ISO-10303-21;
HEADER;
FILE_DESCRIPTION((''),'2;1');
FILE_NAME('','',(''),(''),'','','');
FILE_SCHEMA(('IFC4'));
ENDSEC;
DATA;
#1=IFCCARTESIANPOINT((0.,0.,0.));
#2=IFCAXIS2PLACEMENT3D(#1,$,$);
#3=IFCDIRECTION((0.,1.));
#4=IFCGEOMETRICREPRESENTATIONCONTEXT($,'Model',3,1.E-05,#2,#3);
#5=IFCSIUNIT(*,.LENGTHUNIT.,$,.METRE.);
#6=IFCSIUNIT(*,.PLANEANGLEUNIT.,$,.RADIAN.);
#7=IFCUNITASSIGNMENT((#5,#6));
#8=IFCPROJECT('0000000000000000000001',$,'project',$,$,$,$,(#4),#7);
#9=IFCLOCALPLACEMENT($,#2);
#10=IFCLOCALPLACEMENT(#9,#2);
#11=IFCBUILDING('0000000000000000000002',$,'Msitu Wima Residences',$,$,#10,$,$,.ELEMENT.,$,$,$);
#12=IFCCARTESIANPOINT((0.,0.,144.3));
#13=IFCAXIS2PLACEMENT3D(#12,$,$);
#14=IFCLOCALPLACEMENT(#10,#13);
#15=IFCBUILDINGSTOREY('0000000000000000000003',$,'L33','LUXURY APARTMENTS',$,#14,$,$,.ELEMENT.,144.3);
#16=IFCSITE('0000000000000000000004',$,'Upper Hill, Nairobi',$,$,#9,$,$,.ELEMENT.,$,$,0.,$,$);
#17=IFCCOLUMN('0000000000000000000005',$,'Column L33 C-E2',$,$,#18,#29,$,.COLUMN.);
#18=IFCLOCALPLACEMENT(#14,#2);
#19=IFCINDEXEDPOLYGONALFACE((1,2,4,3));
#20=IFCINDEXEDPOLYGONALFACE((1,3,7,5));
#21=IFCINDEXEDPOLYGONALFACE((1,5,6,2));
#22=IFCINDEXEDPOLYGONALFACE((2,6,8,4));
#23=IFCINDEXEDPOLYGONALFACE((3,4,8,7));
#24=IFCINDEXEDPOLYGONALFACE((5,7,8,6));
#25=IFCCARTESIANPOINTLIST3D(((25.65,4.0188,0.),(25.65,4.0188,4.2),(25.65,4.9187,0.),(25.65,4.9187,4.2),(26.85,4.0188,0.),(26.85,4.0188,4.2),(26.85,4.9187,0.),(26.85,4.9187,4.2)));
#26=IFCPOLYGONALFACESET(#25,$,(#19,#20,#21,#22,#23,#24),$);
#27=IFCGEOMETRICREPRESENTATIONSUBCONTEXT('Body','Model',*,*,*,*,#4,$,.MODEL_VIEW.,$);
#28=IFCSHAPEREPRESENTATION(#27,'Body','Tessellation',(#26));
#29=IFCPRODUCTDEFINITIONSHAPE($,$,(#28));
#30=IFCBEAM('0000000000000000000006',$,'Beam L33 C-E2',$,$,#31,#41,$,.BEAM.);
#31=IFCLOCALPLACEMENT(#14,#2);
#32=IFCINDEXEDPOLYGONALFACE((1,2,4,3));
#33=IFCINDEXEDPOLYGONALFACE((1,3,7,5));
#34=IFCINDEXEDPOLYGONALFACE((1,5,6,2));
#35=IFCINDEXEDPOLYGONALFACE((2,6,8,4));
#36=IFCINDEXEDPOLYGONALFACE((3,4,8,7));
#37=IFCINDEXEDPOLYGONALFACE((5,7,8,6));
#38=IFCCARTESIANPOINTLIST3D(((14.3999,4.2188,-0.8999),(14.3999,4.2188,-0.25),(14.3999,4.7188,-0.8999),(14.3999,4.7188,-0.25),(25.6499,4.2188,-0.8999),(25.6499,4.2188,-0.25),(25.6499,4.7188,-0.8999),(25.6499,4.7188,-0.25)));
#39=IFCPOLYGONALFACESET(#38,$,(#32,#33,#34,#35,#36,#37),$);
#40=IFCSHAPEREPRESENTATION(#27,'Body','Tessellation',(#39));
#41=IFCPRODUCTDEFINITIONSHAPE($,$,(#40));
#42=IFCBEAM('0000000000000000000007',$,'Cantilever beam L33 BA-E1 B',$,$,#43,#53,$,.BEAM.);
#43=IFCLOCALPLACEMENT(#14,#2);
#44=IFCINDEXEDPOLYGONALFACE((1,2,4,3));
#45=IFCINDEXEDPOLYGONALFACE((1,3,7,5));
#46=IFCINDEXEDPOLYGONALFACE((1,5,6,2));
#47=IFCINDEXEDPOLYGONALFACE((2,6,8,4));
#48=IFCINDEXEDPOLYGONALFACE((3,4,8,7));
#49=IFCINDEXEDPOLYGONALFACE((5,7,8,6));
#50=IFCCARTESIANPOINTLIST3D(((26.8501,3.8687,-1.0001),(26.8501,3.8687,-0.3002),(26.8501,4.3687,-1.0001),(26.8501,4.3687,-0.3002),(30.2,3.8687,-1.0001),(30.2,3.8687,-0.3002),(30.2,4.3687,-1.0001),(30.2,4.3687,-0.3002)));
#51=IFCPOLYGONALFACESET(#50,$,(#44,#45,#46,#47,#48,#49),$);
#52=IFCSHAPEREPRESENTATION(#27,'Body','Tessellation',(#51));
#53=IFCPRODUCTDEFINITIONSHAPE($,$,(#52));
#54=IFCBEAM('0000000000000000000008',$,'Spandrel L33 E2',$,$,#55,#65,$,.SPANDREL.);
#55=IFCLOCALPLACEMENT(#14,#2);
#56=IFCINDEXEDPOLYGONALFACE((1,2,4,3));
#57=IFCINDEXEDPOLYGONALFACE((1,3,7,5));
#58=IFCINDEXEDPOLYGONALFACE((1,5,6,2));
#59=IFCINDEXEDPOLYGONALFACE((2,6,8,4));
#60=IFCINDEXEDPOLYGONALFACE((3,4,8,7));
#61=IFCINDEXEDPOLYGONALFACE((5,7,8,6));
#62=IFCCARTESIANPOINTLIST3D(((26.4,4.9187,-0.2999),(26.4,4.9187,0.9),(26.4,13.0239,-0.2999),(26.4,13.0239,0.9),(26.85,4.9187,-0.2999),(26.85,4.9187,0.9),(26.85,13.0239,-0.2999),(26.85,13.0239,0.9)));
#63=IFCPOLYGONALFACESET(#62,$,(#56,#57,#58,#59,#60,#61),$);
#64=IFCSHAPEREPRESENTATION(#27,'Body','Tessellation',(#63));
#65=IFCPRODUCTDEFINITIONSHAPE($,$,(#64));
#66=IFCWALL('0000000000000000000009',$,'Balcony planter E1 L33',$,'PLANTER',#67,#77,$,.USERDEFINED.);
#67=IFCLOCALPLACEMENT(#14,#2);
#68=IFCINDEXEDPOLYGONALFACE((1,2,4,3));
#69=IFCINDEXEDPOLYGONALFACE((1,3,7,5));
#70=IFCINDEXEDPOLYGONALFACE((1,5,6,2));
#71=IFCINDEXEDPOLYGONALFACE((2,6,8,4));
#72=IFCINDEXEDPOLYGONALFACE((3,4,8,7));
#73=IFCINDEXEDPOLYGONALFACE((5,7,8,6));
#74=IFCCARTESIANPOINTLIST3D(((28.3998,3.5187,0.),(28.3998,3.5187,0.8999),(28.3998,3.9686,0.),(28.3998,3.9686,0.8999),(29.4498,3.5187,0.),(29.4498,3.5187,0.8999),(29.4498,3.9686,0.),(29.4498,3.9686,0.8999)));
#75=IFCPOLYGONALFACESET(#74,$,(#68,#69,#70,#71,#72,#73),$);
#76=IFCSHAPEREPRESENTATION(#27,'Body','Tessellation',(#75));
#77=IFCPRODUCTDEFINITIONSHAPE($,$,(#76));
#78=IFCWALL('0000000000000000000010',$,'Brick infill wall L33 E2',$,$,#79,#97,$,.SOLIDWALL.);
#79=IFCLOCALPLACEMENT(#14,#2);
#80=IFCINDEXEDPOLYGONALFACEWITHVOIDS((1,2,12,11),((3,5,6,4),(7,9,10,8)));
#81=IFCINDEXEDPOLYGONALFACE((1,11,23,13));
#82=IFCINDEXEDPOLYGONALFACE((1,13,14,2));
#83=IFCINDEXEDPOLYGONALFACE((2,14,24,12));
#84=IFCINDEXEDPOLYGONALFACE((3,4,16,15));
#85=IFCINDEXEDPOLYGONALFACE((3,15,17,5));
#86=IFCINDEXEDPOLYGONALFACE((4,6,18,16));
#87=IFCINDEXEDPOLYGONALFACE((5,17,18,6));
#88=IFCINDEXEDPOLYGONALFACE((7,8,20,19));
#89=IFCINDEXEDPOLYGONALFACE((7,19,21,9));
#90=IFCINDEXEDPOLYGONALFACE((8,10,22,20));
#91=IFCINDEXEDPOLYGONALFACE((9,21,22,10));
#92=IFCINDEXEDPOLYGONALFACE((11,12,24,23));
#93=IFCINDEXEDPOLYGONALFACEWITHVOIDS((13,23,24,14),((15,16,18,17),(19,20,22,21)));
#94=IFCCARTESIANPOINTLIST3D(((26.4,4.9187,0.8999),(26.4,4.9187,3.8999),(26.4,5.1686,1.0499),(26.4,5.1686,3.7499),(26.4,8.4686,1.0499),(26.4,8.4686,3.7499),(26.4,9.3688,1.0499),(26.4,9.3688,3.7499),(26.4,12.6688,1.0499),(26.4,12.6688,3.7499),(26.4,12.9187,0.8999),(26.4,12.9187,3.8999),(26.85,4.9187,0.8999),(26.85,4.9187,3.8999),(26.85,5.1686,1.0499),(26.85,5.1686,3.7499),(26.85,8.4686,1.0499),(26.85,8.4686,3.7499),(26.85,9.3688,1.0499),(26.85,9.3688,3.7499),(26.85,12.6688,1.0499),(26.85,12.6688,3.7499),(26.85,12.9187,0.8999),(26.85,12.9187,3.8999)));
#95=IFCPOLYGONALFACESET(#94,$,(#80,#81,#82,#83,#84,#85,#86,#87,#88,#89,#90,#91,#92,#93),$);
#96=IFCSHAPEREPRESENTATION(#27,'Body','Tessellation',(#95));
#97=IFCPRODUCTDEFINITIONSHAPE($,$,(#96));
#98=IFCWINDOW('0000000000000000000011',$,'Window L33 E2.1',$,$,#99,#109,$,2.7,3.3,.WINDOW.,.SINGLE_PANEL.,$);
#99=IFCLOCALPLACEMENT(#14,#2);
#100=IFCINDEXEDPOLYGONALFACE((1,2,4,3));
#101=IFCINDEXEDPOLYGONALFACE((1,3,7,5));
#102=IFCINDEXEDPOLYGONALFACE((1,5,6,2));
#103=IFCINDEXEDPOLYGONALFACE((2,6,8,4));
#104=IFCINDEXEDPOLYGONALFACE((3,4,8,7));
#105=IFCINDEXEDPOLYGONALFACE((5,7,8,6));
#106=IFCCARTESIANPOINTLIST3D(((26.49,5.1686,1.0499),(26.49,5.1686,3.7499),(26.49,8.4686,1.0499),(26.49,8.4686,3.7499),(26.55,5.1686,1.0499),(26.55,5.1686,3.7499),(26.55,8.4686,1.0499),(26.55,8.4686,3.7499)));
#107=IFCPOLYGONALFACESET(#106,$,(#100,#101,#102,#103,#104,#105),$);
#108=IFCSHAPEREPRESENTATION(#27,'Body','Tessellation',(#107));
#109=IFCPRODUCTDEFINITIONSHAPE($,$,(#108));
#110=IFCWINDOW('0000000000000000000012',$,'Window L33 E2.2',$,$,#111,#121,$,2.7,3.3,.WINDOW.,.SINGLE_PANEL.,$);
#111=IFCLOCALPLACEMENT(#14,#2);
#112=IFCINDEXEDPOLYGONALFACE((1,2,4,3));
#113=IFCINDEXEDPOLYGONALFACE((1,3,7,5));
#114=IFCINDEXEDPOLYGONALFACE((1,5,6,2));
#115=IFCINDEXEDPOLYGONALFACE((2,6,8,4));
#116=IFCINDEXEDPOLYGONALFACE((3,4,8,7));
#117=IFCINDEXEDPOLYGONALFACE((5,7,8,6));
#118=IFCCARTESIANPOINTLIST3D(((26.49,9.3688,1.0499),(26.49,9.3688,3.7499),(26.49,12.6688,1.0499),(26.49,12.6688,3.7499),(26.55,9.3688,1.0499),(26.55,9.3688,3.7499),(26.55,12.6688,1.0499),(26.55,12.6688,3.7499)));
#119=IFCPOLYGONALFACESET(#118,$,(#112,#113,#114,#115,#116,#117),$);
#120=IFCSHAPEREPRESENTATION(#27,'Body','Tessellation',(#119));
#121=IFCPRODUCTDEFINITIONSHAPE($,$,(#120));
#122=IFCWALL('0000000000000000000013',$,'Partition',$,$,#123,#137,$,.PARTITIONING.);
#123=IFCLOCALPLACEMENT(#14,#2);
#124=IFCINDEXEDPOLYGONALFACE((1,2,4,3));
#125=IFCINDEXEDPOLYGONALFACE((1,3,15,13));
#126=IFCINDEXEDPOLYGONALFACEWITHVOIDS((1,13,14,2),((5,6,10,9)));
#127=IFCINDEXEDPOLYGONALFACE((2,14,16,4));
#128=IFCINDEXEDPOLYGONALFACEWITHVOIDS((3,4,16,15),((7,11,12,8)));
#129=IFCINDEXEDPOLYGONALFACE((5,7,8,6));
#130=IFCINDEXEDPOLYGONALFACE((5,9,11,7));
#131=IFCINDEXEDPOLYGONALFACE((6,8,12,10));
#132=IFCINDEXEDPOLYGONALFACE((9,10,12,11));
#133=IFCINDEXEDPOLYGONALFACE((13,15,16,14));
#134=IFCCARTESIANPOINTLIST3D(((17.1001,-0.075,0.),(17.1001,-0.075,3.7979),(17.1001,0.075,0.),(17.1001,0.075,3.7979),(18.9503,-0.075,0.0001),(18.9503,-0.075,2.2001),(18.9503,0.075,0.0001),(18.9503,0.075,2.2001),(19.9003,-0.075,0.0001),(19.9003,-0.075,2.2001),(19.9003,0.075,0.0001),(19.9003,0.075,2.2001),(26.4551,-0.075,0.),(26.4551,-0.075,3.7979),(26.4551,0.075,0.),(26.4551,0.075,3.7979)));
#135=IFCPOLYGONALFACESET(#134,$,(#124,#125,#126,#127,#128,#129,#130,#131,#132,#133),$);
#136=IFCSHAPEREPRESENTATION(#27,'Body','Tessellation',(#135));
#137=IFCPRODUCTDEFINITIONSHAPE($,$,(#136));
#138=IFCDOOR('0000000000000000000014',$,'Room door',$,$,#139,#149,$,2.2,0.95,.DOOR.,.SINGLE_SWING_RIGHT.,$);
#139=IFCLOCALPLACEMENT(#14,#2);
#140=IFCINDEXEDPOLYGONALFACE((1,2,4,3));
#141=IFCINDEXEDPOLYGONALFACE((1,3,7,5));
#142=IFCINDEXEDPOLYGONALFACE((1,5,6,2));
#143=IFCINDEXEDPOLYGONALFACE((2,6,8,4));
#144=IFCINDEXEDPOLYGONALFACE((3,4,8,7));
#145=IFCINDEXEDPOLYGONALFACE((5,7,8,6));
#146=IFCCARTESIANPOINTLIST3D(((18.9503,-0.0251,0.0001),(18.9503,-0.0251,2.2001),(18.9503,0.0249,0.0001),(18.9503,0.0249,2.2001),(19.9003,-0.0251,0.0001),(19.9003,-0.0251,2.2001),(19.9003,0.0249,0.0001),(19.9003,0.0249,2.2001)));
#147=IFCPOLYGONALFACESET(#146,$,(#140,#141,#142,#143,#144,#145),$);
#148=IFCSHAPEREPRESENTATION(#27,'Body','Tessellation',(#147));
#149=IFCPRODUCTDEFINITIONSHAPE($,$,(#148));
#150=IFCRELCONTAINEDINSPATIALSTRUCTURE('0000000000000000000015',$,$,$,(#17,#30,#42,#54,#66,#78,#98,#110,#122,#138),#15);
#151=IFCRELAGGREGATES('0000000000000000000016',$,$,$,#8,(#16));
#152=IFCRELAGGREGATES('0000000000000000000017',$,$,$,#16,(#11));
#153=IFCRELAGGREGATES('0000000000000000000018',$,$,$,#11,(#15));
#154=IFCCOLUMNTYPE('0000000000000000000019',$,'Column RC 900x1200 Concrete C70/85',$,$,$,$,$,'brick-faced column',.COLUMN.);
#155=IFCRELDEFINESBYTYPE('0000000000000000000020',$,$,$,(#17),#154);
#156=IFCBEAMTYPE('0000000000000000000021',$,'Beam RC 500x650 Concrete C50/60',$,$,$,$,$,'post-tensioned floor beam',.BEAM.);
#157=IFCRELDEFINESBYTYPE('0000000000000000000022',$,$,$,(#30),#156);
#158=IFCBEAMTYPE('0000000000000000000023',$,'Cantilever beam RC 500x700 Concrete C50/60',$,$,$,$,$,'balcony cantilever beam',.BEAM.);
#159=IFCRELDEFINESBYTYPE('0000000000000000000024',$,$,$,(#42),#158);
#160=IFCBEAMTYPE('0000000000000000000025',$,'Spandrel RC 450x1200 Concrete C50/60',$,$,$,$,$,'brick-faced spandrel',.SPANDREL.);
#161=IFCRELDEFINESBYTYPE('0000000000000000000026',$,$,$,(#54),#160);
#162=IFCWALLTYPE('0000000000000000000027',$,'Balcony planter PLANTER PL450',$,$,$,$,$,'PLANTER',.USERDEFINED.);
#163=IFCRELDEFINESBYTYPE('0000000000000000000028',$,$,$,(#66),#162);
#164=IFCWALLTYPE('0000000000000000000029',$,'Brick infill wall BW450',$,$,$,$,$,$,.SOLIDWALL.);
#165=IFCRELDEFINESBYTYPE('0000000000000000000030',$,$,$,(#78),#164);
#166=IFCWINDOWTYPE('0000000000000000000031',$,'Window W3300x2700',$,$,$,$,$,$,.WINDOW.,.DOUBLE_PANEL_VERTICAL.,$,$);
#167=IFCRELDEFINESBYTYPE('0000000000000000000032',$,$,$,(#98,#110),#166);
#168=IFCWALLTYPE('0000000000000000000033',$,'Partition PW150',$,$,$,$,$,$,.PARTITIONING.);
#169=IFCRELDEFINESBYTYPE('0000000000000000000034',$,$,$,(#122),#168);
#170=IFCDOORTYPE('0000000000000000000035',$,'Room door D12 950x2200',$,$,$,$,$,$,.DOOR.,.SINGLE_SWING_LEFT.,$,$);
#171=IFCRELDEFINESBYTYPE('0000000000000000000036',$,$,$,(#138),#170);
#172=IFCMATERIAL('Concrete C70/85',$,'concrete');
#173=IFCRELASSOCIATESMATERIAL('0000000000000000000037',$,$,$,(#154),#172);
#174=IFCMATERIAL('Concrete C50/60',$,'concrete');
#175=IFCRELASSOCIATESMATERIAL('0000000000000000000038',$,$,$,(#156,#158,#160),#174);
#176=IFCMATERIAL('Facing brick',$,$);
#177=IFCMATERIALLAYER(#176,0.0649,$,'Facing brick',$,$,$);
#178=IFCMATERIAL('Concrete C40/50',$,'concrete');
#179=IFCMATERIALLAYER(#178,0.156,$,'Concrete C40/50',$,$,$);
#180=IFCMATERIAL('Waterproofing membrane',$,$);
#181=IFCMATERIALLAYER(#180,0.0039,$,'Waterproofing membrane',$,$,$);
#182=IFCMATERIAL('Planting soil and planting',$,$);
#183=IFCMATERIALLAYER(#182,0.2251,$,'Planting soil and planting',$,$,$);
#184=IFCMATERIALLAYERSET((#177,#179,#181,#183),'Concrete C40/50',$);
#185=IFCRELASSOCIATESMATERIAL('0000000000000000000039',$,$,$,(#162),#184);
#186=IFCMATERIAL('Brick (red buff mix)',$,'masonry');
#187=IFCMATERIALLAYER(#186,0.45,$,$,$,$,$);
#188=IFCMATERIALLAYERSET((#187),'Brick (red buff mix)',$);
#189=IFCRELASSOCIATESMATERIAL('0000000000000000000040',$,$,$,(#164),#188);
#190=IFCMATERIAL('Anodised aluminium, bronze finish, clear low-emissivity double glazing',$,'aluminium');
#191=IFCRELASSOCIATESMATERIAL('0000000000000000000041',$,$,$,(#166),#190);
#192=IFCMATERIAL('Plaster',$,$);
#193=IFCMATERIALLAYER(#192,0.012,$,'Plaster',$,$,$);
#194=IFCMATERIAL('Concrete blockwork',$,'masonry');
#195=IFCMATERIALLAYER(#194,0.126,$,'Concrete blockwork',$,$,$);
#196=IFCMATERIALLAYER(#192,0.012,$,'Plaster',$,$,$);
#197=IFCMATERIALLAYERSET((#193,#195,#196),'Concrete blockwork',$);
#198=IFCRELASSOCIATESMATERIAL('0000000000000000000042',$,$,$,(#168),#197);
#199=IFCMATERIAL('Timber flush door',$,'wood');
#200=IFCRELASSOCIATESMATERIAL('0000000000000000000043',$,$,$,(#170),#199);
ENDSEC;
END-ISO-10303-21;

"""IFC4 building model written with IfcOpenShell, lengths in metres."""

from ifc_helpers import new_model, si_unit, direction, frame, frame_2d, origin, origin_2d, place, context, subcontext, project, spatial, rectangle, extrude, material, layer, layer_set, material_profile, profile_set, type_object, element, fill, save


model = new_model("IFC4")

# Units and contexts
model_context = context("Model", 3, precision=1e-05, world=origin(), true_north=direction((0.0, 1.0)))
body_context = subcontext(model_context, "Body", "Model", "MODEL_VIEW")
ifc_project = project(units=[si_unit("LENGTHUNIT", "METRE"), si_unit("PLANEANGLEUNIT", "RADIAN")], contexts=[model_context])

# Site, building, storey
site_placement = place(None, origin())
site = spatial("IfcSite", under=ifc_project, at=site_placement, Name="Upper Hill, Nairobi", CompositionType="ELEMENT", RefElevation=0.0)
building_placement = place(site_placement, origin())
building = spatial("IfcBuilding", under=site, at=building_placement, Name="Msitu Wima Residences", CompositionType="ELEMENT")
storey_placement = place(building_placement, frame((0.0, 0.0, 144.3)))
storey = spatial("IfcBuildingStorey", under=building, at=storey_placement, Name="L33", Description="LUXURY APARTMENTS", CompositionType="ELEMENT", Elevation=144.3)

# Column
ifc_material_1 = material(Name="Concrete C70/85", Category="concrete")
ifc_material_profile_1 = material_profile(ifc_material_1, rectangle(XDim=0.8999, YDim=1.2, at=origin_2d()), Name="RC 900x1200")
ifc_profile_set_1 = profile_set([ifc_material_profile_1], Name="Concrete C70/85")
column_type = type_object("IfcColumnType", Name="Column RC 900x1200 Concrete C70/85", ElementType="brick-faced column", PredefinedType="COLUMN", material=ifc_profile_set_1)
column_placement = place(storey_placement, frame((26.25, 4.4688, 0.0), z_axis=(0.0, 0.0, 1.0), x_axis=(0.0, 1.0, 0.0)))
element("IfcColumn", 1, at=column_placement, inside=storey, type_object=column_type, Name="Column L33 C-E2", PredefinedType="COLUMN", context=body_context, shape_type="SweptSolid", body=[
    extrude(rectangle(XDim=0.8999, YDim=1.2, at=origin_2d()), origin(), (0.0, 0.0, 1.0), 4.2),
])

# Beams
ifc_material_2 = material(Name="Concrete C50/60", Category="concrete")
ifc_material_profile_2 = material_profile(ifc_material_2, rectangle(XDim=0.5, YDim=0.6499, at=origin_2d()), Name="RC 500x650")
ifc_profile_set_2 = profile_set([ifc_material_profile_2], Name="Concrete C50/60")
beam_type_1 = type_object("IfcBeamType", Name="Beam RC 500x650 Concrete C50/60", ElementType="post-tensioned floor beam", PredefinedType="BEAM", material=ifc_profile_set_2)
beam_1_placement = place(storey_placement, frame((25.6499, 4.4688, -0.575), z_axis=(-1.0, 0.0, 0.0), x_axis=(0.0, -1.0, 0.0)))
element("IfcBeam", 2, at=beam_1_placement, inside=storey, type_object=beam_type_1, Name="Beam L33 C-E2", PredefinedType="BEAM", context=body_context, shape_type="SweptSolid", body=[
    extrude(rectangle(XDim=0.5, YDim=0.6499, at=origin_2d()), origin(), (0.0, 0.0, 1.0), 11.25),
])
ifc_material_profile_3 = material_profile(ifc_material_2, rectangle(XDim=0.5, YDim=0.7, at=origin_2d()), Name="RC 500x700")
ifc_profile_set_3 = profile_set([ifc_material_profile_3], Name="Concrete C50/60")
beam_type_2 = type_object("IfcBeamType", Name="Cantilever beam RC 500x700 Concrete C50/60", ElementType="balcony cantilever beam", PredefinedType="BEAM", material=ifc_profile_set_3)
beam_2_placement = place(storey_placement, frame((26.8501, 4.1187, -0.6501), z_axis=(1.0, 0.0, 0.0), x_axis=(0.0, 1.0, 0.0)))
element("IfcBeam", 3, at=beam_2_placement, inside=storey, type_object=beam_type_2, Name="Cantilever beam L33 BA-E1 B", PredefinedType="BEAM", context=body_context, shape_type="SweptSolid", body=[
    extrude(rectangle(XDim=0.5, YDim=0.7, at=origin_2d()), origin(), (0.0, 0.0, 1.0), 3.3499),
])
ifc_material_profile_4 = material_profile(ifc_material_2, rectangle(XDim=0.45, YDim=1.2, at=origin_2d()), Name="RC 450x1200")
ifc_profile_set_4 = profile_set([ifc_material_profile_4], Name="Concrete C50/60")
beam_type_3 = type_object("IfcBeamType", Name="Spandrel RC 450x1200 Concrete C50/60", ElementType="brick-faced spandrel", PredefinedType="SPANDREL", material=ifc_profile_set_4)
beam_3_placement = place(storey_placement, frame((26.625, 4.9187, 0.3), z_axis=(0.0, 1.0, 0.0), x_axis=(-1.0, 0.0, 0.0)))
element("IfcBeam", 4, at=beam_3_placement, inside=storey, type_object=beam_type_3, Name="Spandrel L33 E2", PredefinedType="SPANDREL", context=body_context, shape_type="SweptSolid", body=[
    extrude(rectangle(XDim=0.45, YDim=1.2, at=origin_2d()), origin(), (0.0, 0.0, 1.0), 8.1052),
])

# Wall
ifc_material_3 = material(Name="Facing brick")
ifc_layer_1 = layer(ifc_material_3, 0.0649, Name="Facing brick")
ifc_material_4 = material(Name="Concrete C40/50", Category="concrete")
ifc_layer_2 = layer(ifc_material_4, 0.156, Name="Concrete C40/50")
ifc_material_5 = material(Name="Waterproofing membrane")
ifc_layer_3 = layer(ifc_material_5, 0.0039, Name="Waterproofing membrane")
ifc_material_6 = material(Name="Planting soil and planting")
ifc_layer_4 = layer(ifc_material_6, 0.2251, Name="Planting soil and planting")
ifc_layer_set_1 = layer_set([ifc_layer_1, ifc_layer_2, ifc_layer_3, ifc_layer_4], Name="Concrete C40/50")
wall_type_1 = type_object("IfcWallType", Name="Balcony planter PLANTER PL450", ElementType="PLANTER", PredefinedType="USERDEFINED", material=ifc_layer_set_1)
wall_1_placement = place(storey_placement, frame((28.3999, 3.7437, 0.0), z_axis=(0.0, 0.0, 1.0), x_axis=(1.0, 0.0, 0.0)))
element("IfcWall", 5, at=wall_1_placement, inside=storey, type_object=wall_type_1, Name="Balcony planter E1 L33", ObjectType="PLANTER", PredefinedType="USERDEFINED", context=body_context, shape_type="SweptSolid", body=[
    extrude(rectangle(XDim=1.05, YDim=0.45, at=frame_2d((0.5249, 0.0))), origin(), (0.0, 0.0, 1.0), 0.8999),
])

# Wall, openings, windows
ifc_material_7 = material(Name="Brick (red buff mix)", Category="masonry")
ifc_layer_5 = layer(ifc_material_7, 0.45)
ifc_layer_set_2 = layer_set([ifc_layer_5], Name="Brick (red buff mix)")
wall_type_2 = type_object("IfcWallType", Name="Brick infill wall BW450", PredefinedType="SOLIDWALL", material=ifc_layer_set_2)
wall_2_placement = place(storey_placement, frame((26.625, 4.9187, 0.8999), z_axis=(0.0, 0.0, 1.0), x_axis=(0.0, 1.0, 0.0)))
wall_2 = element("IfcWall", 6, at=wall_2_placement, inside=storey, type_object=wall_type_2, Name="Brick infill wall L33 E2", PredefinedType="SOLIDWALL", context=body_context, shape_type="SweptSolid", body=[
    extrude(rectangle(XDim=8.0, YDim=0.45, at=frame_2d((4.0, 0.0))), origin(), (0.0, 0.0, 1.0), 3.0),
])
opening_1_placement = place(wall_2_placement, frame((0.25, 0.0, 0.1499)))
opening_1 = element("IfcOpeningElement", 7, at=opening_1_placement, cuts=wall_2, PredefinedType="OPENING", context=body_context, shape_type="SweptSolid", body=[
    extrude(rectangle(XDim=3.3, YDim=2.7, at=frame_2d((1.6499, 1.3501))), frame((0.0, 0.2349, 0.0), z_axis=(0.0, -1.0, 0.0), x_axis=(1.0, 0.0, 0.0)), (0.0, 0.0, 1.0), 0.47),
])
opening_2_placement = place(wall_2_placement, frame((4.4502, 0.0, 0.1499)))
opening_2 = element("IfcOpeningElement", 8, at=opening_2_placement, cuts=wall_2, PredefinedType="OPENING", context=body_context, shape_type="SweptSolid", body=[
    extrude(rectangle(XDim=3.3, YDim=2.7, at=frame_2d((1.6499, 1.3501))), frame((0.0, 0.2349, 0.0), z_axis=(0.0, -1.0, 0.0), x_axis=(1.0, 0.0, 0.0)), (0.0, 0.0, 1.0), 0.47),
])
ifc_material_8 = material(Name="Anodised aluminium, bronze finish, clear low-emissivity double glazing", Category="aluminium")
window_type = type_object("IfcWindowType", Name="Window W3300x2700", PartitioningType="DOUBLE_PANEL_VERTICAL", PredefinedType="WINDOW", material=ifc_material_8)
window_1_placement = place(opening_1_placement, origin())
window_1 = element("IfcWindow", 9, at=window_1_placement, inside=storey, type_object=window_type, Name="Window L33 E2.1", OverallHeight=2.7, OverallWidth=3.3, PartitioningType="SINGLE_PANEL", PredefinedType="WINDOW", context=body_context, shape_type="SweptSolid", body=[
    extrude(rectangle(XDim=3.3, YDim=2.7, at=frame_2d((1.6499, 1.3501))), frame((0.0, 0.135, 0.0), z_axis=(0.0, -1.0, 0.0), x_axis=(1.0, 0.0, 0.0)), (0.0, 0.0, 1.0), 0.0601),
])
fill(opening_1, window_1)
window_2_placement = place(opening_2_placement, origin())
window_2 = element("IfcWindow", 10, at=window_2_placement, inside=storey, type_object=window_type, Name="Window L33 E2.2", OverallHeight=2.7, OverallWidth=3.3, PartitioningType="SINGLE_PANEL", PredefinedType="WINDOW", context=body_context, shape_type="SweptSolid", body=[
    extrude(rectangle(XDim=3.3, YDim=2.7, at=frame_2d((1.6499, 1.3501))), frame((0.0, 0.135, 0.0), z_axis=(0.0, -1.0, 0.0), x_axis=(1.0, 0.0, 0.0)), (0.0, 0.0, 1.0), 0.0601),
])
fill(opening_2, window_2)

# Wall, opening, door
ifc_material_9 = material(Name="Plaster")
ifc_layer_6 = layer(ifc_material_9, 0.012, Name="Plaster")
ifc_material_10 = material(Name="Concrete blockwork", Category="masonry")
ifc_layer_7 = layer(ifc_material_10, 0.126, Name="Concrete blockwork")
ifc_layer_8 = layer(ifc_material_9, 0.012, Name="Plaster")
ifc_layer_set_3 = layer_set([ifc_layer_6, ifc_layer_7, ifc_layer_8], Name="Concrete blockwork")
wall_type_3 = type_object("IfcWallType", Name="Partition PW150", PredefinedType="PARTITIONING", material=ifc_layer_set_3)
wall_3_placement = place(storey_placement, frame((17.1001, 0.0, 0.0), z_axis=(0.0, 0.0, 1.0), x_axis=(1.0, 0.0, 0.0)))
wall_3 = element("IfcWall", 11, at=wall_3_placement, inside=storey, type_object=wall_type_3, Name="Partition", PredefinedType="PARTITIONING", context=body_context, shape_type="SweptSolid", body=[
    extrude(rectangle(XDim=9.355, YDim=0.1499, at=frame_2d((4.6775, 0.0))), origin(), (0.0, 0.0, 1.0), 3.7979),
])
opening_3_placement = place(wall_3_placement, frame((1.8501, 0.0, 0.0)))
opening_3 = element("IfcOpeningElement", 12, at=opening_3_placement, cuts=wall_3, PredefinedType="OPENING", context=body_context, shape_type="SweptSolid", body=[
    extrude(rectangle(XDim=0.95, YDim=2.2, at=frame_2d((0.4751, 1.1001))), frame((0.0, 0.085, 0.0), z_axis=(0.0, -1.0, 0.0), x_axis=(1.0, 0.0, 0.0)), (0.0, 0.0, 1.0), 0.1699),
])
ifc_material_11 = material(Name="Timber flush door", Category="wood")
door_type_1 = type_object("IfcDoorType", Name="Room door D12 950x2200", OperationType="SINGLE_SWING_LEFT", PredefinedType="DOOR", material=ifc_material_11)
door_1_placement = place(opening_3_placement, origin())
door_1 = element("IfcDoor", 13, at=door_1_placement, inside=storey, type_object=door_type_1, Name="Room door", OperationType="SINGLE_SWING_RIGHT", OverallHeight=2.2, OverallWidth=0.95, PredefinedType="DOOR", context=body_context, shape_type="SweptSolid", body=[
    extrude(rectangle(XDim=0.95, YDim=2.2, at=frame_2d((0.4751, 1.1001))), frame((0.0, 0.0249, 0.0), z_axis=(0.0, -1.0, 0.0), x_axis=(1.0, 0.0, 0.0)), (0.0, 0.0, 1.0), 0.05),
])
fill(opening_3, door_1)

save(model, "model.ifc")
